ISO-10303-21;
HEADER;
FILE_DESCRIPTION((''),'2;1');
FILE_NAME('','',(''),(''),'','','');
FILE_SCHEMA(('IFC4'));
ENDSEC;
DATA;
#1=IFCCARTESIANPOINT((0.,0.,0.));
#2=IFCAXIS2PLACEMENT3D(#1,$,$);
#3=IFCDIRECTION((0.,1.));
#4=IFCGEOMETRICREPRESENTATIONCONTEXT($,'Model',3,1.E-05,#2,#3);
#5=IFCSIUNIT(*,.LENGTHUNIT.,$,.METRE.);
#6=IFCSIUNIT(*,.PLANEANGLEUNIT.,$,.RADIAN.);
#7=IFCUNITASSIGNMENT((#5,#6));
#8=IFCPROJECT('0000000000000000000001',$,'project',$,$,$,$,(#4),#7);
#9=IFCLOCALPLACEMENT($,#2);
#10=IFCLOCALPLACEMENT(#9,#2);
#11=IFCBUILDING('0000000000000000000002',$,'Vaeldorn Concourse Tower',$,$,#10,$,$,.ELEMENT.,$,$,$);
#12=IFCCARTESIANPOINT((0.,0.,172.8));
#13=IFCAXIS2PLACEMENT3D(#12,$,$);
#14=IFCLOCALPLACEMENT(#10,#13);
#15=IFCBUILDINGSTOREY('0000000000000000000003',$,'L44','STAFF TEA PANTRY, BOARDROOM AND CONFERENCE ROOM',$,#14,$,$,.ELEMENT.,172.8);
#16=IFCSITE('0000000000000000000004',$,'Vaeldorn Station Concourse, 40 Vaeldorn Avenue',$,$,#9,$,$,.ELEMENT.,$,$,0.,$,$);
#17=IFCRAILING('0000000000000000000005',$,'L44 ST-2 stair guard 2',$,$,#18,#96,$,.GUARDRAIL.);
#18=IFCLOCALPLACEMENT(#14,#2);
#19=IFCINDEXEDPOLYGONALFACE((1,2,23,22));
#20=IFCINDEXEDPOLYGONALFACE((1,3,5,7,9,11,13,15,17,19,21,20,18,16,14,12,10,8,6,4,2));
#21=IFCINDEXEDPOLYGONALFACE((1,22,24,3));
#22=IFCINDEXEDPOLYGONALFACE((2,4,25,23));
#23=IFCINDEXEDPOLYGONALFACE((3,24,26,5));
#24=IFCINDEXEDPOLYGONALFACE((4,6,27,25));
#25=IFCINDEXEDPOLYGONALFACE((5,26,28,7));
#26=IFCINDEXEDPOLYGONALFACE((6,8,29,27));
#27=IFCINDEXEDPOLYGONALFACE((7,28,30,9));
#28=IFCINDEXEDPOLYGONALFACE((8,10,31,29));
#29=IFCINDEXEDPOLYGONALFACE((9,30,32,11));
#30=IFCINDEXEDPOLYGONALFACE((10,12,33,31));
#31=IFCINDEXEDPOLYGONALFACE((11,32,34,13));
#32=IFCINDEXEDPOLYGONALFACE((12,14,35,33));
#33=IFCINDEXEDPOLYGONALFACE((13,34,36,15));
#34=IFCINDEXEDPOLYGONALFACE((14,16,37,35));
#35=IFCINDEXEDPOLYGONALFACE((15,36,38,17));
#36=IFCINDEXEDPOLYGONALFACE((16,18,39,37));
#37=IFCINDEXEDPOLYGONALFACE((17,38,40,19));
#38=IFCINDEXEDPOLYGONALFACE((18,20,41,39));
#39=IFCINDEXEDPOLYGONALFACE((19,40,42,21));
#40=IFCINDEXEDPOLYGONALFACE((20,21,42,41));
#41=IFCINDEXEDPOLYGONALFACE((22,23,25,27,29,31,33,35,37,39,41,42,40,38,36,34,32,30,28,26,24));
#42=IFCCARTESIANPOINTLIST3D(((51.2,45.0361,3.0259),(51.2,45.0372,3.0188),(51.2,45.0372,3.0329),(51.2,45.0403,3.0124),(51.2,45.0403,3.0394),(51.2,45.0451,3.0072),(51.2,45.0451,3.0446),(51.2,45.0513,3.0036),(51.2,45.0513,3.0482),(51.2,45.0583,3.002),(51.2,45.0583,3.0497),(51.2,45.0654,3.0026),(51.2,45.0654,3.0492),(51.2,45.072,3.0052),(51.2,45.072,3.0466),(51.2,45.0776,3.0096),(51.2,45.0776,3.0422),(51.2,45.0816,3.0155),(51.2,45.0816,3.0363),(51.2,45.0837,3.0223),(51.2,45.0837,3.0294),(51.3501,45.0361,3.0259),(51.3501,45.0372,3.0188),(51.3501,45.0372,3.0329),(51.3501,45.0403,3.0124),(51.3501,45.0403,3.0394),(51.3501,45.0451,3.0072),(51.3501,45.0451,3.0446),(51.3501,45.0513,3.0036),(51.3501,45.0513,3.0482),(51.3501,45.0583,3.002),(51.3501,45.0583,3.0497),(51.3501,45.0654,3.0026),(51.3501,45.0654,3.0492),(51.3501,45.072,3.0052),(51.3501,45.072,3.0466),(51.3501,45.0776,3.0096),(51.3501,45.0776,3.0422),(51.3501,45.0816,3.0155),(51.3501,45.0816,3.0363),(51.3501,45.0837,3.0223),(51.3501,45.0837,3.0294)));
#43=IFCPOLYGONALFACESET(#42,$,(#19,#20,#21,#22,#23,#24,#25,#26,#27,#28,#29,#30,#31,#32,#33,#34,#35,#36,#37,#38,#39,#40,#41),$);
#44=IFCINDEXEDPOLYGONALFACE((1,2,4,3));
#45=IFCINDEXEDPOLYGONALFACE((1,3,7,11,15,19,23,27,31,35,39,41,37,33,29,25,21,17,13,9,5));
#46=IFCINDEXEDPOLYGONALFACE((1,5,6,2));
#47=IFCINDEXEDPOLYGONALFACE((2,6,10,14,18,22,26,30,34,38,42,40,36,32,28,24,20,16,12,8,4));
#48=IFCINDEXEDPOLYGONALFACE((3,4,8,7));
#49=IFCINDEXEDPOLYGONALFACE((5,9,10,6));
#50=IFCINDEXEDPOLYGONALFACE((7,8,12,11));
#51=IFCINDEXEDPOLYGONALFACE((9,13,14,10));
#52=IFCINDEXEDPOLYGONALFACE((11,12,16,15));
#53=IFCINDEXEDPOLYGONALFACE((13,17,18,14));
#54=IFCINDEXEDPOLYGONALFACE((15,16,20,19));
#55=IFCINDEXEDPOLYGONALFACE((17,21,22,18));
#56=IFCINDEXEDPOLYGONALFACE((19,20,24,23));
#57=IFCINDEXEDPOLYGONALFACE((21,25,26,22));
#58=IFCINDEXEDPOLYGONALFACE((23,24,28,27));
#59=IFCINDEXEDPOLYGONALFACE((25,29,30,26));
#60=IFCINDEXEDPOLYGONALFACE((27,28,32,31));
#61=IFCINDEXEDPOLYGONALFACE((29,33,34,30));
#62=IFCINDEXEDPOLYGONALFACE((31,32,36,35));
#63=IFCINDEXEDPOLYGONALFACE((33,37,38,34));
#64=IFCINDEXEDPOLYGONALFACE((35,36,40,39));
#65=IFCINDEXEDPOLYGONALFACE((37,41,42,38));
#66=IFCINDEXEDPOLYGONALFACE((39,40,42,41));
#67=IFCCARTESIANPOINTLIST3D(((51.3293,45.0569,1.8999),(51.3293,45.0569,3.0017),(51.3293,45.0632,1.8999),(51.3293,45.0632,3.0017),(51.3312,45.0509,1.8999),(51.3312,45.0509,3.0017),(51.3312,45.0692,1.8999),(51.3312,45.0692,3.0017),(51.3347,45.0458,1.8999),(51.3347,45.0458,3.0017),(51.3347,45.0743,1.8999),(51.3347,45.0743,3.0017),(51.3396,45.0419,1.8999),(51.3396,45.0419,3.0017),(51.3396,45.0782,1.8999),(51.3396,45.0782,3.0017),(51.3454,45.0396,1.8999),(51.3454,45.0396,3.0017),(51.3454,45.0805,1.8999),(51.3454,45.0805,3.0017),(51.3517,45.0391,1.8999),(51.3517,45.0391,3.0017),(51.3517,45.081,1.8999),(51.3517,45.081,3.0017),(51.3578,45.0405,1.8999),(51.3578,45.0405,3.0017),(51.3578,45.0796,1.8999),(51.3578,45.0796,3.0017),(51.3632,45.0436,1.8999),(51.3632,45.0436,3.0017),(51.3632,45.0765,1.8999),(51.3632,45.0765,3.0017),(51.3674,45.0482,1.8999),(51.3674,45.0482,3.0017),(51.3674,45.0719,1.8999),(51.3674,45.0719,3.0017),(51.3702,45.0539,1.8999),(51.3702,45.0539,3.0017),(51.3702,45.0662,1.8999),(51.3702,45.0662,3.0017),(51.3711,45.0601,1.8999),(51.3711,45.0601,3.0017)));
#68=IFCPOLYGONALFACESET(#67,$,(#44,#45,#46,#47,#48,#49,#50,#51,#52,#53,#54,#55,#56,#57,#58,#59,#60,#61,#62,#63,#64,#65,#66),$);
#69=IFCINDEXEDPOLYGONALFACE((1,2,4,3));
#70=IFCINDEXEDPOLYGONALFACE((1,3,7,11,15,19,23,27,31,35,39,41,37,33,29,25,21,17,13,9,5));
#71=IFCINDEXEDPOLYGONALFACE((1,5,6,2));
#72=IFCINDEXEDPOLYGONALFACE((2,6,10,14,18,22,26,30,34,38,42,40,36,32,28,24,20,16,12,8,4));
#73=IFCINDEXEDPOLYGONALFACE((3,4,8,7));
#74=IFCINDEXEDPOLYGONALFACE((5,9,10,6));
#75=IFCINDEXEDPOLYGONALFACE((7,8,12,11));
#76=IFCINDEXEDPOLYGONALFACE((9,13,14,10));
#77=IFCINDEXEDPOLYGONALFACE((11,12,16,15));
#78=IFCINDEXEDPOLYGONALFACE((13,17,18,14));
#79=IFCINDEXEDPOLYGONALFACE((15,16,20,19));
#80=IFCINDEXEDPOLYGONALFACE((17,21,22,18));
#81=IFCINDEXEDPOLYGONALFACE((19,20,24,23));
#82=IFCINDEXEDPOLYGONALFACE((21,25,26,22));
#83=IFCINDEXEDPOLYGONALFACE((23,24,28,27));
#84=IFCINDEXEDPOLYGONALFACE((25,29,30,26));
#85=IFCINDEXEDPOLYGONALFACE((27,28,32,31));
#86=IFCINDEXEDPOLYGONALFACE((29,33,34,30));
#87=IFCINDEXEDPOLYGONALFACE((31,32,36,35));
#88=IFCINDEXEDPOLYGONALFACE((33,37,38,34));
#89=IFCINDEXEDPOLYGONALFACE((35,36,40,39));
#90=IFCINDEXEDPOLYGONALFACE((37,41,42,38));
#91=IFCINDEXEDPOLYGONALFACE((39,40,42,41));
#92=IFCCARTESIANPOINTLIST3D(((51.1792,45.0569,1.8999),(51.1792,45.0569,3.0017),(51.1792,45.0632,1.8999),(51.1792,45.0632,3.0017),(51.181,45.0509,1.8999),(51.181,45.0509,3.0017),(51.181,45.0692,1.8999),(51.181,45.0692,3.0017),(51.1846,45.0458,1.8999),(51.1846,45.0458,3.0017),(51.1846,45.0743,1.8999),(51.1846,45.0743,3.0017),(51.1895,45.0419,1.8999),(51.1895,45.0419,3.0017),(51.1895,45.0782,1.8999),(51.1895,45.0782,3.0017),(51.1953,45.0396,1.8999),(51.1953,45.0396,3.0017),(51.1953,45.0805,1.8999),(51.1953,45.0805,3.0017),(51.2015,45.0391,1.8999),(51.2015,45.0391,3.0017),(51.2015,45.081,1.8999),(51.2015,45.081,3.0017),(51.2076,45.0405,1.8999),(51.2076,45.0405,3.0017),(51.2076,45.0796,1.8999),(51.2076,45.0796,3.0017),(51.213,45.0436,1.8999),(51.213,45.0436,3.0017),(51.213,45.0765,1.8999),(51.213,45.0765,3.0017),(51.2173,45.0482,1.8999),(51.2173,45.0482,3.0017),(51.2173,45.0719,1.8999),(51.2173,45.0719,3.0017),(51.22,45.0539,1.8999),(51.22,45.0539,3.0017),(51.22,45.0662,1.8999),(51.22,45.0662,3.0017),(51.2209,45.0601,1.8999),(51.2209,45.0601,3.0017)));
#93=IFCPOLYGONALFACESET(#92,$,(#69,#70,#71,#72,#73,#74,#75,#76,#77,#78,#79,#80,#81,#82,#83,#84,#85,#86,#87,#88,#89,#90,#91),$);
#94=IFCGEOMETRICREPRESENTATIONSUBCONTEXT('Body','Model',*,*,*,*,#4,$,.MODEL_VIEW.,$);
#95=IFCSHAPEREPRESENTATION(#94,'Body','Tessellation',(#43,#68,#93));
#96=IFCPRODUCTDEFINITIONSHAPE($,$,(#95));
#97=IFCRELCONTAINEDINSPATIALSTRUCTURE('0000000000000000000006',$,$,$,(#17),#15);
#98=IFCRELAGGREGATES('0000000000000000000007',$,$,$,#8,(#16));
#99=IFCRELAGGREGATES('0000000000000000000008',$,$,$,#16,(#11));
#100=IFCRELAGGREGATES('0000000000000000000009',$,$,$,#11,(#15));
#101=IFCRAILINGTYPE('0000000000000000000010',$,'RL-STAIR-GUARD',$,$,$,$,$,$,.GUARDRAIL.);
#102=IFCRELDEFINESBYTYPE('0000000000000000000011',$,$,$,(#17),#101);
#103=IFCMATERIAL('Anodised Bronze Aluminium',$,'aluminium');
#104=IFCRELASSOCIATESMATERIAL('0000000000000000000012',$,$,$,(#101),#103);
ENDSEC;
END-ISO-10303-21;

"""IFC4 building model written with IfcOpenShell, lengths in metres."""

from ifc_helpers import new_model, si_unit, direction, frame, origin, origin_2d, place, context, subcontext, project, spatial, circle, extrude, material, type_object, element, save


model = new_model("IFC4")

# Units and contexts
model_context = context("Model", 3, precision=1e-05, world=origin(), true_north=direction((0.0, 1.0)))
body_context = subcontext(model_context, "Body", "Model", "MODEL_VIEW")
ifc_project = project(units=[si_unit("LENGTHUNIT", "METRE"), si_unit("PLANEANGLEUNIT", "RADIAN")], contexts=[model_context])

# Site, building, storey
site_placement = place(None, origin())
site = spatial("IfcSite", under=ifc_project, at=site_placement, Name="Vaeldorn Station Concourse, 40 Vaeldorn Avenue", CompositionType="ELEMENT", RefElevation=0.0)
building_placement = place(site_placement, origin())
building = spatial("IfcBuilding", under=site, at=building_placement, Name="Vaeldorn Concourse Tower", CompositionType="ELEMENT")
storey_placement = place(building_placement, frame((0.0, 0.0, 172.8)))
storey = spatial("IfcBuildingStorey", under=building, at=storey_placement, Name="L44", Description="STAFF TEA PANTRY, BOARDROOM AND CONFERENCE ROOM", CompositionType="ELEMENT", Elevation=172.8)

# Shared definitions
ifc_material_1 = material(Name="Anodised Bronze Aluminium", Category="aluminium")

# Railing
railing_type_1 = type_object("IfcRailingType", Name="RL-STAIR-GUARD", PredefinedType="GUARDRAIL", material=ifc_material_1)
railing_1_placement = place(storey_placement, frame((51.3501, 45.0601, 1.8999)))
element("IfcRailing", 1, at=railing_1_placement, inside=storey, type_object=railing_type_1, Name="L44 ST-2 stair guard 2", PredefinedType="GUARDRAIL", context=body_context, shape_type="SweptSolid", body=[
    extrude(circle(Radius=0.0239, at=origin_2d()), frame((0.0, 0.0, 1.126), z_axis=(-1.0, 0.0, 0.0), x_axis=(0.0, -1.0, 0.0)), (0.0, 0.0, 1.0), 0.1501),
    extrude(circle(Radius=0.021, at=origin_2d()), origin(), (0.0, 0.0, 1.0), 1.1018),
    extrude(circle(Radius=0.021, at=origin_2d()), frame((-0.1501, 0.0, 0.0)), (0.0, 0.0, 1.0), 1.1018),
])

save(model, "model.ifc")
